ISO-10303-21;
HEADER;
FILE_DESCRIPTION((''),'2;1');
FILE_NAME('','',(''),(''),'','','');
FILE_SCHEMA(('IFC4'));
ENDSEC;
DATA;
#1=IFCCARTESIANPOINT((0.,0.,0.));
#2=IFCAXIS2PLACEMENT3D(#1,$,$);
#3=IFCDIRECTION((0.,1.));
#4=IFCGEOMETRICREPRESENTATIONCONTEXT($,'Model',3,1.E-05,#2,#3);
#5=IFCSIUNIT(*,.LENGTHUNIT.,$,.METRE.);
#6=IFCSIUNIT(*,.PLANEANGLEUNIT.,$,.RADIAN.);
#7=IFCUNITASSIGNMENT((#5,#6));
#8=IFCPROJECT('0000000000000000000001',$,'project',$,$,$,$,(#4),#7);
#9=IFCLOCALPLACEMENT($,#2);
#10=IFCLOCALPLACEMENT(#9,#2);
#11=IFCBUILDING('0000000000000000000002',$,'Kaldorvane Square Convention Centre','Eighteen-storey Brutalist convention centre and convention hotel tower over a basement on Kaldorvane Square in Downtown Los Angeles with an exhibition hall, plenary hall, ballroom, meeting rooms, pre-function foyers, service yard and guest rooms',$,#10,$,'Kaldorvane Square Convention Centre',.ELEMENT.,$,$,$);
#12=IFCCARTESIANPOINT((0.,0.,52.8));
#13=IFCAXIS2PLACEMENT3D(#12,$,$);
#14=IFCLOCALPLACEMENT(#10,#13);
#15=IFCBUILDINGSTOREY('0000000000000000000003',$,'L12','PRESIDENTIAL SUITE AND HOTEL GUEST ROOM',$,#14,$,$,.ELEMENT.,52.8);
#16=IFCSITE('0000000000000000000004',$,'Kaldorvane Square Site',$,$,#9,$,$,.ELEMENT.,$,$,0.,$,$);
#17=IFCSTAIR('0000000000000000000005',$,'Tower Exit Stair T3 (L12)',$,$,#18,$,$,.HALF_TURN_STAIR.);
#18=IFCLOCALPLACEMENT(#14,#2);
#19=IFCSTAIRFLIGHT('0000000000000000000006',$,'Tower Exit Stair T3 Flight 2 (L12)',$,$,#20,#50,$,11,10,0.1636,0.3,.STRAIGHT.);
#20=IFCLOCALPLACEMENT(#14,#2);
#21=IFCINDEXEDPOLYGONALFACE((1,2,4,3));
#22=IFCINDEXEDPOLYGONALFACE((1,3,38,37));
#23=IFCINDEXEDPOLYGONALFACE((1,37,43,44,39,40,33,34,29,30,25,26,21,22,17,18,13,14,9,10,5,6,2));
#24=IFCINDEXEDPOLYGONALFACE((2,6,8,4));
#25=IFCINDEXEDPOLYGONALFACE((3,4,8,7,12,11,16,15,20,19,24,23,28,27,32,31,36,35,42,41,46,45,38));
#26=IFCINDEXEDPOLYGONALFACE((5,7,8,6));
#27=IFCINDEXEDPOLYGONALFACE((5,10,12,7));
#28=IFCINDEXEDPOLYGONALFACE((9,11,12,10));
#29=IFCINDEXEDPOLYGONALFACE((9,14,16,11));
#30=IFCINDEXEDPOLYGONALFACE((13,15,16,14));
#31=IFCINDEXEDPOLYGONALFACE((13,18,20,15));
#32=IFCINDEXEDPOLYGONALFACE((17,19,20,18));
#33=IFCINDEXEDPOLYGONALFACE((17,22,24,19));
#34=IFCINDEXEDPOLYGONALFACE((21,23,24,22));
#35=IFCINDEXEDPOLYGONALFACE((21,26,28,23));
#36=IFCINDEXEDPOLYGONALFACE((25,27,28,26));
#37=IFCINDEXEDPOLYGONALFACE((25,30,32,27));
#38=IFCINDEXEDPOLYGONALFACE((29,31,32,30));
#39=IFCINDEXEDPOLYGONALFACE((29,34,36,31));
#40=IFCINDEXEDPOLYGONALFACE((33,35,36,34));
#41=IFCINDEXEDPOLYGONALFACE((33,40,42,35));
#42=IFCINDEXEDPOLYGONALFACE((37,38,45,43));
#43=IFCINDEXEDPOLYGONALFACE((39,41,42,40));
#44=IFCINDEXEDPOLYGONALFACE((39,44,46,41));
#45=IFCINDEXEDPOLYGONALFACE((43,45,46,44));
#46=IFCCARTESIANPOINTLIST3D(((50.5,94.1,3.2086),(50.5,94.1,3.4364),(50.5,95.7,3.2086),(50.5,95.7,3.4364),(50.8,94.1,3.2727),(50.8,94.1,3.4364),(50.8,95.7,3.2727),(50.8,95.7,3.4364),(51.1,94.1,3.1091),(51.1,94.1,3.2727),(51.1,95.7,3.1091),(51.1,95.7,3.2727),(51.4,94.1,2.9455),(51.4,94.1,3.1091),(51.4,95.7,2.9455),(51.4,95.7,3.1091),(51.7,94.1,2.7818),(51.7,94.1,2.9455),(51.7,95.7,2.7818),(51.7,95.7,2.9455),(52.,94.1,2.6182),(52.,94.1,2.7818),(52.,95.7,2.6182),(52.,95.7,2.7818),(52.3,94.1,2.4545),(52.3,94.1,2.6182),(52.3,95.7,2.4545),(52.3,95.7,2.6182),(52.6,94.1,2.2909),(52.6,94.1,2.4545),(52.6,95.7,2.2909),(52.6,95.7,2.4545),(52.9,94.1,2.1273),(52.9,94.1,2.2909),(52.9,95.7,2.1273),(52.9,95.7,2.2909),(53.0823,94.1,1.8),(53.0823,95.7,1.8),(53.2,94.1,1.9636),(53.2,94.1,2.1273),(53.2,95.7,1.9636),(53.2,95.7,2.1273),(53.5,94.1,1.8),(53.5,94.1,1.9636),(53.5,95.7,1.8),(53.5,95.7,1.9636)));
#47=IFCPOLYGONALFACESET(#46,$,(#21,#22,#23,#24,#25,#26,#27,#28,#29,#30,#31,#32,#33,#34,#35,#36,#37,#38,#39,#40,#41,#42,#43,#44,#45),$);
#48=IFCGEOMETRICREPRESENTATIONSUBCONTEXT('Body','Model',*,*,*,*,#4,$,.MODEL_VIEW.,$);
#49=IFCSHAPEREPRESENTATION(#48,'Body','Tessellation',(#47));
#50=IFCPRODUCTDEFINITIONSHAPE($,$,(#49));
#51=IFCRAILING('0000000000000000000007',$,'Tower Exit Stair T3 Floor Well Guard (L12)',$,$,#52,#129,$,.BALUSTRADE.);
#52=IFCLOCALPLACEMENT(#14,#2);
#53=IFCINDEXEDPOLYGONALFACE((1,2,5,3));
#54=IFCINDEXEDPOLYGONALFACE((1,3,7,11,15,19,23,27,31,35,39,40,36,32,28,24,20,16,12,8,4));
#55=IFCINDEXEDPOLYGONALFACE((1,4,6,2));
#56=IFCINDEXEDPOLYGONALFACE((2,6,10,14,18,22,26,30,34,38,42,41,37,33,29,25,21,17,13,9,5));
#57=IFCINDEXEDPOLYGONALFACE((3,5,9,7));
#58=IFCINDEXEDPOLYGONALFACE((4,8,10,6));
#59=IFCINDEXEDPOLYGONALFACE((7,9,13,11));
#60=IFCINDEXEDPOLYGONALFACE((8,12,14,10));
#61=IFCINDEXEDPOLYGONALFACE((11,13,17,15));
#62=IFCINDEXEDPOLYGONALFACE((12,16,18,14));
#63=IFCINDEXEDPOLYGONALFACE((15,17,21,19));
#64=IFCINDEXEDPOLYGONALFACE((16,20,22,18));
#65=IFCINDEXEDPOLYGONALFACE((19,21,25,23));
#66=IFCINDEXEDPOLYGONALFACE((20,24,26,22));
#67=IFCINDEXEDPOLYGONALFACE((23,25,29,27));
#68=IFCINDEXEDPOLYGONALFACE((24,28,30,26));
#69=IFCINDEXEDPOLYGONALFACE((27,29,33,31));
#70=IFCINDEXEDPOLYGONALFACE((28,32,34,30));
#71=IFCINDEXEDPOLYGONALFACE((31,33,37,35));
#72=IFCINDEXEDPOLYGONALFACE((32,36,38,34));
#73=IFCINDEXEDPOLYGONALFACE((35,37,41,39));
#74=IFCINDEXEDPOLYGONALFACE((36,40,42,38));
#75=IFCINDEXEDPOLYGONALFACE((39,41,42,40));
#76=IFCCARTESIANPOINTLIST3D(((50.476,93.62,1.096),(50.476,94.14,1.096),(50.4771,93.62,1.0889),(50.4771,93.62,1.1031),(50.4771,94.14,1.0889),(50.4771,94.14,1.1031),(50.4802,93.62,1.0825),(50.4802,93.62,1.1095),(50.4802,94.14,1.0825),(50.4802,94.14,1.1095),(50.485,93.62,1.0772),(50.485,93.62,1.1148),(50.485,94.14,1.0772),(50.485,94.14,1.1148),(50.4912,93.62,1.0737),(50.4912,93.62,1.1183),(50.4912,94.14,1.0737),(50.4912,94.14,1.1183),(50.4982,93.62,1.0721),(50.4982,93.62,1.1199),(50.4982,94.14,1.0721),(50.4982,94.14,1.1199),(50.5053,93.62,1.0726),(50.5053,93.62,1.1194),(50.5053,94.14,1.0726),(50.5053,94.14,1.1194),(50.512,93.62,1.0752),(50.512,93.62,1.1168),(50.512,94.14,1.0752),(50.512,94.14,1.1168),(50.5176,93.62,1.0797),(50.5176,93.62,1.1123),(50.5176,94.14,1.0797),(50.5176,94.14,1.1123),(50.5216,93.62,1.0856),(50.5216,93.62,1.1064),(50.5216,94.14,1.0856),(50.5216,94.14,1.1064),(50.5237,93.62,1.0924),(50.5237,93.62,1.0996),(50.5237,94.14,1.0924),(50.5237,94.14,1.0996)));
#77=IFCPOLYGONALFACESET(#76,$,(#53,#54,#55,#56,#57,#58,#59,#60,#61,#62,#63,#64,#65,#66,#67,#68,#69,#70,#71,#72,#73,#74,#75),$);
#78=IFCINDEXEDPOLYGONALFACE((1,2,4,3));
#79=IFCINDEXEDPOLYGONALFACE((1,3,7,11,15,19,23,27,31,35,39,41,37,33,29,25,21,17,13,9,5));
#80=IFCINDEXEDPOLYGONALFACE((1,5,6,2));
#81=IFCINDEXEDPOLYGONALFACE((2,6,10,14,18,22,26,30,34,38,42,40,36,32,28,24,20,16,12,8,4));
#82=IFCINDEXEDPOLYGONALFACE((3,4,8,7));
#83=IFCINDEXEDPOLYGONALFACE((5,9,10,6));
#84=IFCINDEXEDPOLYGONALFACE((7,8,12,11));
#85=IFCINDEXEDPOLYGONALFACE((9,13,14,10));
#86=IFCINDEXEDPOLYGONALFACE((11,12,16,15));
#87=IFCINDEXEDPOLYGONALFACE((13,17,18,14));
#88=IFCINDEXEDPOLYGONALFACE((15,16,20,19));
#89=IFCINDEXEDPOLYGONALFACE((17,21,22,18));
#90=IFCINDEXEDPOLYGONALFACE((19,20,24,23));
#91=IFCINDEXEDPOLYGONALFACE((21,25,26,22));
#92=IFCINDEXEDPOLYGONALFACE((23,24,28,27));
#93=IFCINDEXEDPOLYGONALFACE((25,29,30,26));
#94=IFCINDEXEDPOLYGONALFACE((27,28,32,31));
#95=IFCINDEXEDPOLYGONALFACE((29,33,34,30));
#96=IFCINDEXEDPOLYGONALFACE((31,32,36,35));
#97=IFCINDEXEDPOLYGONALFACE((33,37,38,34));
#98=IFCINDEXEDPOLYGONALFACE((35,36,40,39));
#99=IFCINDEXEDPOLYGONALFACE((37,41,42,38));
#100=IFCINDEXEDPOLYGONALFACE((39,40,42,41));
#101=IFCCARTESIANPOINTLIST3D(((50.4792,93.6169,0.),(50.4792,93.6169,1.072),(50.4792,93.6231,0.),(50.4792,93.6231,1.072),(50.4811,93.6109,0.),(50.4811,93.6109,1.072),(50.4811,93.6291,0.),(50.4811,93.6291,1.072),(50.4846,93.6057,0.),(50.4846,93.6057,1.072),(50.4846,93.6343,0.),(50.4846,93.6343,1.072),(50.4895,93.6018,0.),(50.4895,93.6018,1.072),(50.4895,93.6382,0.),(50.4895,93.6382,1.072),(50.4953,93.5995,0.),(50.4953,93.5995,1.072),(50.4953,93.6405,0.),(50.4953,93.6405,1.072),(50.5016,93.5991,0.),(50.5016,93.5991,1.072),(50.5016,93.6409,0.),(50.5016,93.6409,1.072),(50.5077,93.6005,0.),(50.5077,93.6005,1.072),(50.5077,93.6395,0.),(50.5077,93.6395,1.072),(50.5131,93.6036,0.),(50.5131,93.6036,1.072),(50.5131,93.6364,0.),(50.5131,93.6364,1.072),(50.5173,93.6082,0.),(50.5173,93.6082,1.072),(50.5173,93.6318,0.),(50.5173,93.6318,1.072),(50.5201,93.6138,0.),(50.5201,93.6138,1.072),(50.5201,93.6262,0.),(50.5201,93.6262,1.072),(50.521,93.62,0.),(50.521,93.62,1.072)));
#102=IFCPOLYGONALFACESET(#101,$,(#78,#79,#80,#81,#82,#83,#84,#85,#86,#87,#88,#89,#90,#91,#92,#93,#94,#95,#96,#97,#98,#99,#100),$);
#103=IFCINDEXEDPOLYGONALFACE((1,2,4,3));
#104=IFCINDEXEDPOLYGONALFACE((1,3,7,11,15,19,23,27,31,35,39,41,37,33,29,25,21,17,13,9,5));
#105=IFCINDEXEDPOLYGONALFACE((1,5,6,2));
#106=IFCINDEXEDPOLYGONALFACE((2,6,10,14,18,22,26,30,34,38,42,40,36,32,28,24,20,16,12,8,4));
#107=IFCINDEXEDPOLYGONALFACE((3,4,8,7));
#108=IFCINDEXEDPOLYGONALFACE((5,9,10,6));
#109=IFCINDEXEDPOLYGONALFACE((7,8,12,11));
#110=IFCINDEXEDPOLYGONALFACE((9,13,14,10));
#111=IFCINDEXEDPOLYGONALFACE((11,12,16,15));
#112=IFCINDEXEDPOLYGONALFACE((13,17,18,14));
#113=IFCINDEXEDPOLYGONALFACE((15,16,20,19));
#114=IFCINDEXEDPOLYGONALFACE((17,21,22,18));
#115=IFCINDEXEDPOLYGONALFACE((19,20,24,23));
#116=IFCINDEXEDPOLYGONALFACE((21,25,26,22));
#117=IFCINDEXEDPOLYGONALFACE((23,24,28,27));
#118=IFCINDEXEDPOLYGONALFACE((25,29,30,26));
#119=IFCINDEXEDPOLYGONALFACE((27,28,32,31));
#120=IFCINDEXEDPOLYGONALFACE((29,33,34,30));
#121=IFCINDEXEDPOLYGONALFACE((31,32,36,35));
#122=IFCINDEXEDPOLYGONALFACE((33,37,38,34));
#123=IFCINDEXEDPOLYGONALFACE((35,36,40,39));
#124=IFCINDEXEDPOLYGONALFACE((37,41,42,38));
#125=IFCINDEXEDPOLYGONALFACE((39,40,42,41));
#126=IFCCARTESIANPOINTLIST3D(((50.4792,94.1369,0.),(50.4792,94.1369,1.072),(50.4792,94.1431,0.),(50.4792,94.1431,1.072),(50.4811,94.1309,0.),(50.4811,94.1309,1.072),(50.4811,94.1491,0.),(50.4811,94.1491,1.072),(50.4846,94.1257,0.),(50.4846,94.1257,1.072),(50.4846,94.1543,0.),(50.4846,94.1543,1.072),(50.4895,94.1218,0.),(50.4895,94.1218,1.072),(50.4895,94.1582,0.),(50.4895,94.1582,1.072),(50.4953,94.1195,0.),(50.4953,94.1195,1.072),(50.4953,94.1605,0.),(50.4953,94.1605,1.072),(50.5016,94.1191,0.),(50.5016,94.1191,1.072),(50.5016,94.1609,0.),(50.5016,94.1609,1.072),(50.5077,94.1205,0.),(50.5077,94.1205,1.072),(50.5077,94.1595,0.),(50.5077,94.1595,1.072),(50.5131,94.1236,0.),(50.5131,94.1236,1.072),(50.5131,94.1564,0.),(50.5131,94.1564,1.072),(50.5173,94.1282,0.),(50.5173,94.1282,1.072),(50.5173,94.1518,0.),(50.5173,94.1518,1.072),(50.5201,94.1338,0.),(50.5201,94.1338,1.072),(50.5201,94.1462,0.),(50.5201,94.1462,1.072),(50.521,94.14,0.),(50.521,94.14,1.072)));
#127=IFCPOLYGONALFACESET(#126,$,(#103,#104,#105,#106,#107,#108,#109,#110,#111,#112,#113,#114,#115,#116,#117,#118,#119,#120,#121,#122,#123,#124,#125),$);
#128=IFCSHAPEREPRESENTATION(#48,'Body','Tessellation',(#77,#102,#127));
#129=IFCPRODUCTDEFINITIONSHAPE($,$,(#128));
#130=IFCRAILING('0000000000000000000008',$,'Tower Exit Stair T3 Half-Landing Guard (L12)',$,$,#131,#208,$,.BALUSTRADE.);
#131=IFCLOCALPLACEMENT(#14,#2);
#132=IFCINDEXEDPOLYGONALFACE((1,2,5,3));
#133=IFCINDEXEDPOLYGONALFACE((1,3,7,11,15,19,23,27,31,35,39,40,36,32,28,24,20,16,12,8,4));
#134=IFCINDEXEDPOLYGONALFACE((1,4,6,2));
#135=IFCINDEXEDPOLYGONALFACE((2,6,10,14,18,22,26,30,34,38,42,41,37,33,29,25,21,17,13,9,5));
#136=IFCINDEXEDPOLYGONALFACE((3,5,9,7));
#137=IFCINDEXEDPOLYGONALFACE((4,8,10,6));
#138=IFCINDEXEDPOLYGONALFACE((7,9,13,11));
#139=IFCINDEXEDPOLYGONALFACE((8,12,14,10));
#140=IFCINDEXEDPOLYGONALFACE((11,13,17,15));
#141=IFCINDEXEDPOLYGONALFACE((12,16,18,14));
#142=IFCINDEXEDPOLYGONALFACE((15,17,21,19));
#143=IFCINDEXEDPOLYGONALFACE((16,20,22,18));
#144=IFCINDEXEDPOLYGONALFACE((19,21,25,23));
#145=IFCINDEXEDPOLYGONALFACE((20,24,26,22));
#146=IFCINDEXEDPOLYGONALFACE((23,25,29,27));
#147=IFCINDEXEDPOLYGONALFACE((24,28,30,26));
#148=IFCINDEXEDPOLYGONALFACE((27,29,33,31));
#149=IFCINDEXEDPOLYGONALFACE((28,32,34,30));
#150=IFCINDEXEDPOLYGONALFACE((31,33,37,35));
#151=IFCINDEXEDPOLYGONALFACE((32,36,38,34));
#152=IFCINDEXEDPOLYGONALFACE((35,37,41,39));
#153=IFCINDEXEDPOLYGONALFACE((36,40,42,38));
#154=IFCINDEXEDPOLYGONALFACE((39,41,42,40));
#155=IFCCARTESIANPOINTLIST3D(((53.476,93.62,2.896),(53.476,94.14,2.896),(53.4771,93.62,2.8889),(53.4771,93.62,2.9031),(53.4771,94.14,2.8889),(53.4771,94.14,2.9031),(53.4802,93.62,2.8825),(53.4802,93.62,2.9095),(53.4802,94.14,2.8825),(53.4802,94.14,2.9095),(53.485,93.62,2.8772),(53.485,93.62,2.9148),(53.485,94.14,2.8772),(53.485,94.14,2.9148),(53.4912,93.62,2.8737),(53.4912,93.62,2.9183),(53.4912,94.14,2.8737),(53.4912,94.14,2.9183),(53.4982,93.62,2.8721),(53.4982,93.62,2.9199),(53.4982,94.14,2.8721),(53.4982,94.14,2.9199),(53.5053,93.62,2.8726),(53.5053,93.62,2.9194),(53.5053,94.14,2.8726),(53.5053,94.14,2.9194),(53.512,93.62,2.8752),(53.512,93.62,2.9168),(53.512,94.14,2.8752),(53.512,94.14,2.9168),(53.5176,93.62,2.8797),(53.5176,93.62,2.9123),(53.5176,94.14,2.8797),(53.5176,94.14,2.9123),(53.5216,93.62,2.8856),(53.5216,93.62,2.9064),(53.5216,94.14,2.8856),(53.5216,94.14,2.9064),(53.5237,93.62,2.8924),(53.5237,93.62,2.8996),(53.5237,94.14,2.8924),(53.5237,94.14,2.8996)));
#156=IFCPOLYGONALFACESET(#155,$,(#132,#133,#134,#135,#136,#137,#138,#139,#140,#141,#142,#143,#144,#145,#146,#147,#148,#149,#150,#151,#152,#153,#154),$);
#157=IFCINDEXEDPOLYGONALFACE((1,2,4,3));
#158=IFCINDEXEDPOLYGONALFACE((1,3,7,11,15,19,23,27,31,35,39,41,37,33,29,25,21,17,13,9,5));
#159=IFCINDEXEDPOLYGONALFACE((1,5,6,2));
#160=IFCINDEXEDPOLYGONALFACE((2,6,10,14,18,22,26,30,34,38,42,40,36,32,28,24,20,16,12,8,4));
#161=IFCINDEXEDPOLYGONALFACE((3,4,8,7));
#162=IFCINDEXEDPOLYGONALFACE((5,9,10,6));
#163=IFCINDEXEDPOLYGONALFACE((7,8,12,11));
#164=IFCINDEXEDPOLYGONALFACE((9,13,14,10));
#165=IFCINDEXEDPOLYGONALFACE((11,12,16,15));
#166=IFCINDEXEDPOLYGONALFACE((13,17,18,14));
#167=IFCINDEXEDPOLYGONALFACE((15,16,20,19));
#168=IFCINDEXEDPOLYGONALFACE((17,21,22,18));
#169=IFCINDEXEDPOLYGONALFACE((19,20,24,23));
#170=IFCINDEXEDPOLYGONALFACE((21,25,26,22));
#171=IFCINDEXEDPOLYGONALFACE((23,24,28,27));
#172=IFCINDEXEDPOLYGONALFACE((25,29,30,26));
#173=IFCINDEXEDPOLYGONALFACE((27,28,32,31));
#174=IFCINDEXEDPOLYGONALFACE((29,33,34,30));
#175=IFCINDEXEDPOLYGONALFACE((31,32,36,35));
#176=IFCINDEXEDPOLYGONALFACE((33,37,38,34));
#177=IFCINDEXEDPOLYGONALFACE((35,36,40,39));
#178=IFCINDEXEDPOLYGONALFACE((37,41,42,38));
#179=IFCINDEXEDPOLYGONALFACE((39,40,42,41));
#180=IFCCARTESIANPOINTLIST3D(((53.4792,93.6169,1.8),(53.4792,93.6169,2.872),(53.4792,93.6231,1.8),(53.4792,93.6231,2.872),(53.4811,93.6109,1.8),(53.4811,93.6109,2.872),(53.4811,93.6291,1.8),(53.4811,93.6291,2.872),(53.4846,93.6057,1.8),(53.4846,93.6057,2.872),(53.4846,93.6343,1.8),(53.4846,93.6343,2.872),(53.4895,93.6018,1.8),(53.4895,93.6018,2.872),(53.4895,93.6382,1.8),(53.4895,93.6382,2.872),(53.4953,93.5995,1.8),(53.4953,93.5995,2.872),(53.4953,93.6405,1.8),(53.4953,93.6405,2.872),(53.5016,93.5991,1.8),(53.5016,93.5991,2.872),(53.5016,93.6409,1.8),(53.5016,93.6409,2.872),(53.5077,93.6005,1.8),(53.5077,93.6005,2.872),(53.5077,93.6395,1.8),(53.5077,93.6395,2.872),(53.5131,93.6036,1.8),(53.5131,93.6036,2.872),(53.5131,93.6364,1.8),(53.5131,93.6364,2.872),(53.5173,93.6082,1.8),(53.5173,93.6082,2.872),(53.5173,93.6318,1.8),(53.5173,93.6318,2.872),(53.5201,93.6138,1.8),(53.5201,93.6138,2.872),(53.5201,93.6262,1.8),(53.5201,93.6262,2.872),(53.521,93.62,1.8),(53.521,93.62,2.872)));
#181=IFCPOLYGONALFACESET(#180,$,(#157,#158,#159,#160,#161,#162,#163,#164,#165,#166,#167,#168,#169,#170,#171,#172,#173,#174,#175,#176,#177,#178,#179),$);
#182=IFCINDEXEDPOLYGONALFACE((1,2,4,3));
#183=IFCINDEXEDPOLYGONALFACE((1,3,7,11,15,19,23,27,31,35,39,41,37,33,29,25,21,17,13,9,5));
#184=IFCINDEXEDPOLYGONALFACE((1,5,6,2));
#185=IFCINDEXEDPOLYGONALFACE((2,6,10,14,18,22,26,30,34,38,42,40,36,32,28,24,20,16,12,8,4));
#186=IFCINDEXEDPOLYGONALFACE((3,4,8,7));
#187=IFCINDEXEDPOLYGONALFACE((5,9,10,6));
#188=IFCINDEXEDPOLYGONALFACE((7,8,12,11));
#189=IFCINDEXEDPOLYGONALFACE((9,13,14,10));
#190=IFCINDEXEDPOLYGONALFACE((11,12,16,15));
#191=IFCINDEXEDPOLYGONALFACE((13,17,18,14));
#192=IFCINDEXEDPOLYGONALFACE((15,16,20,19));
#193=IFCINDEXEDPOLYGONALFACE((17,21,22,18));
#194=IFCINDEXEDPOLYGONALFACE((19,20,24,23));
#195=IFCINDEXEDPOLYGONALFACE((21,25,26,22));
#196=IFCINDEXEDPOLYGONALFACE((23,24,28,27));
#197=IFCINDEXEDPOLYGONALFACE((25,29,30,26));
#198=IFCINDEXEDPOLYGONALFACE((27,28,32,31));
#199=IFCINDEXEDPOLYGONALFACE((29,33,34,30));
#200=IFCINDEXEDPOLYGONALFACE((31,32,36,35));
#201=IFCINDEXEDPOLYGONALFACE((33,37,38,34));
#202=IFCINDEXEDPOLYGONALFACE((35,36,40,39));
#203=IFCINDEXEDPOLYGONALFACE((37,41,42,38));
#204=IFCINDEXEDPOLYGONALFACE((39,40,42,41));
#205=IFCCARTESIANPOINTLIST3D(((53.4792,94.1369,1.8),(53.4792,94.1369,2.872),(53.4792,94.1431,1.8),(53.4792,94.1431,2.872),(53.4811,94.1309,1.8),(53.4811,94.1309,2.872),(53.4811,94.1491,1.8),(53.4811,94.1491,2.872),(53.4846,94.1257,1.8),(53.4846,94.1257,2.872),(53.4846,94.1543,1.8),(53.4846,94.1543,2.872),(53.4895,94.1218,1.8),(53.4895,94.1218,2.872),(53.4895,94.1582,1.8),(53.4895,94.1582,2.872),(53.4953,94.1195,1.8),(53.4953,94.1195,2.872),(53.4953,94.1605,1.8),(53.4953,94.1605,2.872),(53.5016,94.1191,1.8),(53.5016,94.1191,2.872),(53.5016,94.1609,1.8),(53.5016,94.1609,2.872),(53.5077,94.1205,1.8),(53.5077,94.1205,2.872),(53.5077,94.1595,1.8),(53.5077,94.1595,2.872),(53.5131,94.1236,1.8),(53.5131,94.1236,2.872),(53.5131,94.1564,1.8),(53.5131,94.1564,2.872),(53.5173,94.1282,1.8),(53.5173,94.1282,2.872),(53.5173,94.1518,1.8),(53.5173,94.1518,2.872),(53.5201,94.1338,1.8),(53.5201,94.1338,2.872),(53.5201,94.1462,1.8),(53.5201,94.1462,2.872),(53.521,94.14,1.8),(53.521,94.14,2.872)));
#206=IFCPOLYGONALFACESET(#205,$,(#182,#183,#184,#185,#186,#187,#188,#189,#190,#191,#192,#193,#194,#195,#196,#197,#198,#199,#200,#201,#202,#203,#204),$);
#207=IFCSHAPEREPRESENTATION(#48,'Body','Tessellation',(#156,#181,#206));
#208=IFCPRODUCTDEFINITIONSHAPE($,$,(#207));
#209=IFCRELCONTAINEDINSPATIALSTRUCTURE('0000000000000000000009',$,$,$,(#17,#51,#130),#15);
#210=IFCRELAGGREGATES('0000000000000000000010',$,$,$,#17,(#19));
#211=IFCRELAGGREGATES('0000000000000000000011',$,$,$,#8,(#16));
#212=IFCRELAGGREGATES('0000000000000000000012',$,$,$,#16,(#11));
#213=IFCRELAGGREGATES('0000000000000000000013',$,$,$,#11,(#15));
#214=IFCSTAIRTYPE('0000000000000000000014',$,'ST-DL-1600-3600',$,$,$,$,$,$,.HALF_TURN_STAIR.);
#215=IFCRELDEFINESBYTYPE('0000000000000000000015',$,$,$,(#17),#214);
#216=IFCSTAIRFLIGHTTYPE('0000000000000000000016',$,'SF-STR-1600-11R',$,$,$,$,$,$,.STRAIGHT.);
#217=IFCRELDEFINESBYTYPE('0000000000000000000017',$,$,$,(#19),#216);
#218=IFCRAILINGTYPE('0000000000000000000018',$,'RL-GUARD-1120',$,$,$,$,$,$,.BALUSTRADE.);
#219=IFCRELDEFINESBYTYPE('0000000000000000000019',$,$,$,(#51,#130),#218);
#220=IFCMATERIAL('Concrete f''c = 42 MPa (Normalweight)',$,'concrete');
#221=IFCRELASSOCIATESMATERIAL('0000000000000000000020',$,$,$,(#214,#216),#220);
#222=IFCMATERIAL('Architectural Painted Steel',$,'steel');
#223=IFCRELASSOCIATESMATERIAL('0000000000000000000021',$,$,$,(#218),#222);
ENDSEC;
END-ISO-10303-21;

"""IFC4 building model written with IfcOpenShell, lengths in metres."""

from ifc_helpers import new_model, si_unit, direction, frame, origin, origin_2d, place, context, subcontext, project, spatial, polyline, circle, outline, extrude, material, type_object, element, aggregate, save


model = new_model("IFC4")

# Units and contexts
model_context = context("Model", 3, precision=1e-05, world=origin(), true_north=direction((0.0, 1.0)))
body_context = subcontext(model_context, "Body", "Model", "MODEL_VIEW")
ifc_project = project(units=[si_unit("LENGTHUNIT", "METRE"), si_unit("PLANEANGLEUNIT", "RADIAN")], contexts=[model_context])

# Site, building, storey
site_placement = place(None, origin())
site = spatial("IfcSite", under=ifc_project, at=site_placement, Name="Kaldorvane Square Site", CompositionType="ELEMENT", RefElevation=0.0)
building_placement = place(site_placement, origin())
building = spatial("IfcBuilding", under=site, at=building_placement, Name="Kaldorvane Square Convention Centre", Description="Eighteen-storey Brutalist convention centre and convention hotel tower over a basement on Kaldorvane Square in Downtown Los Angeles with an exhibition hall, plenary hall, ballroom, meeting rooms, pre-function foyers, service yard and guest rooms", LongName="Kaldorvane Square Convention Centre", CompositionType="ELEMENT")
storey_placement = place(building_placement, frame((0.0, 0.0, 52.8)))
storey = spatial("IfcBuildingStorey", under=building, at=storey_placement, Name="L12", Description="PRESIDENTIAL SUITE AND HOTEL GUEST ROOM", CompositionType="ELEMENT", Elevation=52.8)

# Stair, stair flight
ifc_material_1 = material(Name="Concrete f'c = 42 MPa (Normalweight)", Category="concrete")
stair_type = type_object("IfcStairType", Name="ST-DL-1600-3600", PredefinedType="HALF_TURN_STAIR", material=ifc_material_1)
stair_flight_type = type_object("IfcStairFlightType", Name="SF-STR-1600-11R", PredefinedType="STRAIGHT", material=ifc_material_1)
stair_1_placement = place(storey_placement, origin())
stair_1 = element("IfcStair", 1, at=stair_1_placement, inside=storey, type_object=stair_type, Name="Tower Exit Stair T3 (L12)", PredefinedType="HALF_TURN_STAIR")
stair_flight_1_placement = place(storey_placement, frame((53.5, 94.9, 1.8), z_axis=(0.0, 0.0, 1.0), x_axis=(-1.0, 0.0, 0.0)))
stair_flight_1 = element("IfcStairFlight", 2, at=stair_flight_1_placement, type_object=stair_flight_type, Name="Tower Exit Stair T3 Flight 2 (L12)", NumberOfRisers=11, NumberOfTreads=10, PredefinedType="STRAIGHT", RiserHeight=0.1636, TreadLength=0.3, context=body_context, shape_type="SweptSolid", body=[
    extrude(outline(polyline([(0.0, 0.0), (0.0, 0.1636), (0.3, 0.1636), (0.3, 0.3273), (0.6, 0.3273), (0.6, 0.4909), (0.9, 0.4909), (0.9, 0.6545), (1.2, 0.6545), (1.2, 0.8182), (1.5, 0.8182), (1.5, 0.9818), (1.8, 0.9818), (1.8, 1.1455), (2.1, 1.1455), (2.1, 1.3091), (2.4, 1.3091), (2.4, 1.4727), (2.7, 1.4727), (2.7, 1.6364), (3.0, 1.6364), (3.0, 1.8), (3.0, 1.4086), (0.4177, 0.0), (0.0, 0.0)])), frame((0.0, 0.8, 0.0), z_axis=(0.0, -1.0, 0.0), x_axis=(1.0, 0.0, 0.0)), (0.0, 0.0, 1.0), 1.6),
])
aggregate(stair_1, [stair_flight_1])

# Railings
ifc_material_2 = material(Name="Architectural Painted Steel", Category="steel")
railing_type_1 = type_object("IfcRailingType", Name="RL-GUARD-1120", PredefinedType="BALUSTRADE", material=ifc_material_2)
for number, where, name in (
    (3, (50.5, 93.62, 0.0), "Tower Exit Stair T3 Floor Well Guard (L12)"),
    (4, (53.5, 93.62, 1.8), "Tower Exit Stair T3 Half-Landing Guard (L12)"),
):
    element("IfcRailing", number, at=place(storey_placement, frame(where)), inside=storey, type_object=railing_type_1, Name=name, PredefinedType="BALUSTRADE", context=body_context, shape_type="SweptSolid", body=[
        extrude(circle(Radius=0.024, at=origin_2d()), frame((0.0, 0.0, 1.096), z_axis=(0.0, 1.0, 0.0), x_axis=(-1.0, 0.0, 0.0)), (0.0, 0.0, 1.0), 0.52),
        extrude(circle(Radius=0.021, at=origin_2d()), origin(), (0.0, 0.0, 1.0), 1.072),
        extrude(circle(Radius=0.021, at=origin_2d()), frame((0.0, 0.52, 0.0)), (0.0, 0.0, 1.0), 1.072),
    ])

save(model, "model.ifc")
